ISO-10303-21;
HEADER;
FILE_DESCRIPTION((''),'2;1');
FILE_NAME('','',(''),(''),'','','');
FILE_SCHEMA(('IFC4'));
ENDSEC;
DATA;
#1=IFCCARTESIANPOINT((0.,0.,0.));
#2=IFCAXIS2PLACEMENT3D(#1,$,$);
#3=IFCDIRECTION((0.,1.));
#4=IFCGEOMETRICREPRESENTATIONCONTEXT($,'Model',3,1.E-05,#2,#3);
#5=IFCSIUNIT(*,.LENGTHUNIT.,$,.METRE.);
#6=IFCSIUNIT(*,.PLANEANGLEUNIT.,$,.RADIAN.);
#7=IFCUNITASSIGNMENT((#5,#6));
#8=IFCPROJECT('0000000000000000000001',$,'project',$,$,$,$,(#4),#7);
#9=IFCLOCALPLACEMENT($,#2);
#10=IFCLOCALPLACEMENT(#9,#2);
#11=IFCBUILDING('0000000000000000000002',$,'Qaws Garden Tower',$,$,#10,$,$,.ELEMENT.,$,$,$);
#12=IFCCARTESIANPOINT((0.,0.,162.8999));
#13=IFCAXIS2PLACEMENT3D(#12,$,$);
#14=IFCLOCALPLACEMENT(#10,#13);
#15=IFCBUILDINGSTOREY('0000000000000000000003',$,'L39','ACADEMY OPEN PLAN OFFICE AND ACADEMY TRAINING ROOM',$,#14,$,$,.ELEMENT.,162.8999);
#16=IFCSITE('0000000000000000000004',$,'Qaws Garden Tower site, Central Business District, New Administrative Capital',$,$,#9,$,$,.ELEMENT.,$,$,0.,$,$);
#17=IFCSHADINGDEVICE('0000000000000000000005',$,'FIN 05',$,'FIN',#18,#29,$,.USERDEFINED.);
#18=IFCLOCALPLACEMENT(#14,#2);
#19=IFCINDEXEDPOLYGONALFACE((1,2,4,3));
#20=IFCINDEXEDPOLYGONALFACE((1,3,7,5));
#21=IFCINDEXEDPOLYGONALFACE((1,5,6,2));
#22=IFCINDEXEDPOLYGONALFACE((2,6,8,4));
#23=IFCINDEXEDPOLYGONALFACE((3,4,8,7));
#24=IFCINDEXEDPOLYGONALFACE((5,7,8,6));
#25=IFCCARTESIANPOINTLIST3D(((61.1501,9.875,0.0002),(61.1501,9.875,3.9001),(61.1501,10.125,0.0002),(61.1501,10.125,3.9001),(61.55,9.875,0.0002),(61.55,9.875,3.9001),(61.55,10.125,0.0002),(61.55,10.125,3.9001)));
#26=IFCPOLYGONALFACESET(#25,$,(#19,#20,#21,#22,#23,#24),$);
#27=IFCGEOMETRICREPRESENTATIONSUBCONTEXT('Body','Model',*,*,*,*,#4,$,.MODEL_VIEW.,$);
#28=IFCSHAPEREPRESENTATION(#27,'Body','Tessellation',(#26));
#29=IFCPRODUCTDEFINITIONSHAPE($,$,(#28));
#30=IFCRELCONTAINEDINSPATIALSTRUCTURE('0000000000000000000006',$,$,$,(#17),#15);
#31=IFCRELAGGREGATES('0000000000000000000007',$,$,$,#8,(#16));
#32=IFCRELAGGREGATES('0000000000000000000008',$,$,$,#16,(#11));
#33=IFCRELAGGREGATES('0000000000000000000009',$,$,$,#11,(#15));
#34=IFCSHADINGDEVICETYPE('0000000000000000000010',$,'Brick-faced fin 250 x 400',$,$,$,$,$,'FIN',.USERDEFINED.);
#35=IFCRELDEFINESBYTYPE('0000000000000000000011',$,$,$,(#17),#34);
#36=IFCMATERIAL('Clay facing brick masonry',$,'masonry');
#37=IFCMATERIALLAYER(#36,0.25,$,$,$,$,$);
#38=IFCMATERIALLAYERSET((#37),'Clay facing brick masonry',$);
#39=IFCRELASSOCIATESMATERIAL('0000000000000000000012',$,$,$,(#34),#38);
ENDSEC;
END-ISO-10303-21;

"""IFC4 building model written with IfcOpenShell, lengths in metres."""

from ifc_helpers import new_model, si_unit, direction, frame, origin, origin_2d, place, context, subcontext, project, spatial, rectangle, extrude, material, layer, layer_set, type_object, element, save


model = new_model("IFC4")

# Units and contexts
model_context = context("Model", 3, precision=1e-05, world=origin(), true_north=direction((0.0, 1.0)))
body_context = subcontext(model_context, "Body", "Model", "MODEL_VIEW")
ifc_project = project(units=[si_unit("LENGTHUNIT", "METRE"), si_unit("PLANEANGLEUNIT", "RADIAN")], contexts=[model_context])

# Site, building, storey
site_placement = place(None, origin())
site = spatial("IfcSite", under=ifc_project, at=site_placement, Name="Qaws Garden Tower site, Central Business District, New Administrative Capital", CompositionType="ELEMENT", RefElevation=0.0)
building_placement = place(site_placement, origin())
building = spatial("IfcBuilding", under=site, at=building_placement, Name="Qaws Garden Tower", CompositionType="ELEMENT")
storey_placement = place(building_placement, frame((0.0, 0.0, 162.8999)))
storey = spatial("IfcBuildingStorey", under=building, at=storey_placement, Name="L39", Description="ACADEMY OPEN PLAN OFFICE AND ACADEMY TRAINING ROOM", CompositionType="ELEMENT", Elevation=162.8999)

# Shading device
ifc_material_1 = material(Name="Clay facing brick masonry", Category="masonry")
ifc_layer_1 = layer(ifc_material_1, 0.25)
ifc_layer_set_1 = layer_set([ifc_layer_1], Name="Clay facing brick masonry")
shading_device_type = type_object("IfcShadingDeviceType", Name="Brick-faced fin 250 x 400", ElementType="FIN", PredefinedType="USERDEFINED", material=ifc_layer_set_1)
shading_device_placement = place(storey_placement, frame((61.3501, 10.0, 0.0002), z_axis=(0.0, 0.0, 1.0), x_axis=(0.0, 1.0, 0.0)))
element("IfcShadingDevice", 1, at=shading_device_placement, inside=storey, type_object=shading_device_type, Name="FIN 05", ObjectType="FIN", PredefinedType="USERDEFINED", context=body_context, shape_type="SweptSolid", body=[
    extrude(rectangle(XDim=0.25, YDim=0.3999, at=origin_2d()), origin(), (0.0, 0.0, 1.0), 3.8999),
])

save(model, "model.ifc")
